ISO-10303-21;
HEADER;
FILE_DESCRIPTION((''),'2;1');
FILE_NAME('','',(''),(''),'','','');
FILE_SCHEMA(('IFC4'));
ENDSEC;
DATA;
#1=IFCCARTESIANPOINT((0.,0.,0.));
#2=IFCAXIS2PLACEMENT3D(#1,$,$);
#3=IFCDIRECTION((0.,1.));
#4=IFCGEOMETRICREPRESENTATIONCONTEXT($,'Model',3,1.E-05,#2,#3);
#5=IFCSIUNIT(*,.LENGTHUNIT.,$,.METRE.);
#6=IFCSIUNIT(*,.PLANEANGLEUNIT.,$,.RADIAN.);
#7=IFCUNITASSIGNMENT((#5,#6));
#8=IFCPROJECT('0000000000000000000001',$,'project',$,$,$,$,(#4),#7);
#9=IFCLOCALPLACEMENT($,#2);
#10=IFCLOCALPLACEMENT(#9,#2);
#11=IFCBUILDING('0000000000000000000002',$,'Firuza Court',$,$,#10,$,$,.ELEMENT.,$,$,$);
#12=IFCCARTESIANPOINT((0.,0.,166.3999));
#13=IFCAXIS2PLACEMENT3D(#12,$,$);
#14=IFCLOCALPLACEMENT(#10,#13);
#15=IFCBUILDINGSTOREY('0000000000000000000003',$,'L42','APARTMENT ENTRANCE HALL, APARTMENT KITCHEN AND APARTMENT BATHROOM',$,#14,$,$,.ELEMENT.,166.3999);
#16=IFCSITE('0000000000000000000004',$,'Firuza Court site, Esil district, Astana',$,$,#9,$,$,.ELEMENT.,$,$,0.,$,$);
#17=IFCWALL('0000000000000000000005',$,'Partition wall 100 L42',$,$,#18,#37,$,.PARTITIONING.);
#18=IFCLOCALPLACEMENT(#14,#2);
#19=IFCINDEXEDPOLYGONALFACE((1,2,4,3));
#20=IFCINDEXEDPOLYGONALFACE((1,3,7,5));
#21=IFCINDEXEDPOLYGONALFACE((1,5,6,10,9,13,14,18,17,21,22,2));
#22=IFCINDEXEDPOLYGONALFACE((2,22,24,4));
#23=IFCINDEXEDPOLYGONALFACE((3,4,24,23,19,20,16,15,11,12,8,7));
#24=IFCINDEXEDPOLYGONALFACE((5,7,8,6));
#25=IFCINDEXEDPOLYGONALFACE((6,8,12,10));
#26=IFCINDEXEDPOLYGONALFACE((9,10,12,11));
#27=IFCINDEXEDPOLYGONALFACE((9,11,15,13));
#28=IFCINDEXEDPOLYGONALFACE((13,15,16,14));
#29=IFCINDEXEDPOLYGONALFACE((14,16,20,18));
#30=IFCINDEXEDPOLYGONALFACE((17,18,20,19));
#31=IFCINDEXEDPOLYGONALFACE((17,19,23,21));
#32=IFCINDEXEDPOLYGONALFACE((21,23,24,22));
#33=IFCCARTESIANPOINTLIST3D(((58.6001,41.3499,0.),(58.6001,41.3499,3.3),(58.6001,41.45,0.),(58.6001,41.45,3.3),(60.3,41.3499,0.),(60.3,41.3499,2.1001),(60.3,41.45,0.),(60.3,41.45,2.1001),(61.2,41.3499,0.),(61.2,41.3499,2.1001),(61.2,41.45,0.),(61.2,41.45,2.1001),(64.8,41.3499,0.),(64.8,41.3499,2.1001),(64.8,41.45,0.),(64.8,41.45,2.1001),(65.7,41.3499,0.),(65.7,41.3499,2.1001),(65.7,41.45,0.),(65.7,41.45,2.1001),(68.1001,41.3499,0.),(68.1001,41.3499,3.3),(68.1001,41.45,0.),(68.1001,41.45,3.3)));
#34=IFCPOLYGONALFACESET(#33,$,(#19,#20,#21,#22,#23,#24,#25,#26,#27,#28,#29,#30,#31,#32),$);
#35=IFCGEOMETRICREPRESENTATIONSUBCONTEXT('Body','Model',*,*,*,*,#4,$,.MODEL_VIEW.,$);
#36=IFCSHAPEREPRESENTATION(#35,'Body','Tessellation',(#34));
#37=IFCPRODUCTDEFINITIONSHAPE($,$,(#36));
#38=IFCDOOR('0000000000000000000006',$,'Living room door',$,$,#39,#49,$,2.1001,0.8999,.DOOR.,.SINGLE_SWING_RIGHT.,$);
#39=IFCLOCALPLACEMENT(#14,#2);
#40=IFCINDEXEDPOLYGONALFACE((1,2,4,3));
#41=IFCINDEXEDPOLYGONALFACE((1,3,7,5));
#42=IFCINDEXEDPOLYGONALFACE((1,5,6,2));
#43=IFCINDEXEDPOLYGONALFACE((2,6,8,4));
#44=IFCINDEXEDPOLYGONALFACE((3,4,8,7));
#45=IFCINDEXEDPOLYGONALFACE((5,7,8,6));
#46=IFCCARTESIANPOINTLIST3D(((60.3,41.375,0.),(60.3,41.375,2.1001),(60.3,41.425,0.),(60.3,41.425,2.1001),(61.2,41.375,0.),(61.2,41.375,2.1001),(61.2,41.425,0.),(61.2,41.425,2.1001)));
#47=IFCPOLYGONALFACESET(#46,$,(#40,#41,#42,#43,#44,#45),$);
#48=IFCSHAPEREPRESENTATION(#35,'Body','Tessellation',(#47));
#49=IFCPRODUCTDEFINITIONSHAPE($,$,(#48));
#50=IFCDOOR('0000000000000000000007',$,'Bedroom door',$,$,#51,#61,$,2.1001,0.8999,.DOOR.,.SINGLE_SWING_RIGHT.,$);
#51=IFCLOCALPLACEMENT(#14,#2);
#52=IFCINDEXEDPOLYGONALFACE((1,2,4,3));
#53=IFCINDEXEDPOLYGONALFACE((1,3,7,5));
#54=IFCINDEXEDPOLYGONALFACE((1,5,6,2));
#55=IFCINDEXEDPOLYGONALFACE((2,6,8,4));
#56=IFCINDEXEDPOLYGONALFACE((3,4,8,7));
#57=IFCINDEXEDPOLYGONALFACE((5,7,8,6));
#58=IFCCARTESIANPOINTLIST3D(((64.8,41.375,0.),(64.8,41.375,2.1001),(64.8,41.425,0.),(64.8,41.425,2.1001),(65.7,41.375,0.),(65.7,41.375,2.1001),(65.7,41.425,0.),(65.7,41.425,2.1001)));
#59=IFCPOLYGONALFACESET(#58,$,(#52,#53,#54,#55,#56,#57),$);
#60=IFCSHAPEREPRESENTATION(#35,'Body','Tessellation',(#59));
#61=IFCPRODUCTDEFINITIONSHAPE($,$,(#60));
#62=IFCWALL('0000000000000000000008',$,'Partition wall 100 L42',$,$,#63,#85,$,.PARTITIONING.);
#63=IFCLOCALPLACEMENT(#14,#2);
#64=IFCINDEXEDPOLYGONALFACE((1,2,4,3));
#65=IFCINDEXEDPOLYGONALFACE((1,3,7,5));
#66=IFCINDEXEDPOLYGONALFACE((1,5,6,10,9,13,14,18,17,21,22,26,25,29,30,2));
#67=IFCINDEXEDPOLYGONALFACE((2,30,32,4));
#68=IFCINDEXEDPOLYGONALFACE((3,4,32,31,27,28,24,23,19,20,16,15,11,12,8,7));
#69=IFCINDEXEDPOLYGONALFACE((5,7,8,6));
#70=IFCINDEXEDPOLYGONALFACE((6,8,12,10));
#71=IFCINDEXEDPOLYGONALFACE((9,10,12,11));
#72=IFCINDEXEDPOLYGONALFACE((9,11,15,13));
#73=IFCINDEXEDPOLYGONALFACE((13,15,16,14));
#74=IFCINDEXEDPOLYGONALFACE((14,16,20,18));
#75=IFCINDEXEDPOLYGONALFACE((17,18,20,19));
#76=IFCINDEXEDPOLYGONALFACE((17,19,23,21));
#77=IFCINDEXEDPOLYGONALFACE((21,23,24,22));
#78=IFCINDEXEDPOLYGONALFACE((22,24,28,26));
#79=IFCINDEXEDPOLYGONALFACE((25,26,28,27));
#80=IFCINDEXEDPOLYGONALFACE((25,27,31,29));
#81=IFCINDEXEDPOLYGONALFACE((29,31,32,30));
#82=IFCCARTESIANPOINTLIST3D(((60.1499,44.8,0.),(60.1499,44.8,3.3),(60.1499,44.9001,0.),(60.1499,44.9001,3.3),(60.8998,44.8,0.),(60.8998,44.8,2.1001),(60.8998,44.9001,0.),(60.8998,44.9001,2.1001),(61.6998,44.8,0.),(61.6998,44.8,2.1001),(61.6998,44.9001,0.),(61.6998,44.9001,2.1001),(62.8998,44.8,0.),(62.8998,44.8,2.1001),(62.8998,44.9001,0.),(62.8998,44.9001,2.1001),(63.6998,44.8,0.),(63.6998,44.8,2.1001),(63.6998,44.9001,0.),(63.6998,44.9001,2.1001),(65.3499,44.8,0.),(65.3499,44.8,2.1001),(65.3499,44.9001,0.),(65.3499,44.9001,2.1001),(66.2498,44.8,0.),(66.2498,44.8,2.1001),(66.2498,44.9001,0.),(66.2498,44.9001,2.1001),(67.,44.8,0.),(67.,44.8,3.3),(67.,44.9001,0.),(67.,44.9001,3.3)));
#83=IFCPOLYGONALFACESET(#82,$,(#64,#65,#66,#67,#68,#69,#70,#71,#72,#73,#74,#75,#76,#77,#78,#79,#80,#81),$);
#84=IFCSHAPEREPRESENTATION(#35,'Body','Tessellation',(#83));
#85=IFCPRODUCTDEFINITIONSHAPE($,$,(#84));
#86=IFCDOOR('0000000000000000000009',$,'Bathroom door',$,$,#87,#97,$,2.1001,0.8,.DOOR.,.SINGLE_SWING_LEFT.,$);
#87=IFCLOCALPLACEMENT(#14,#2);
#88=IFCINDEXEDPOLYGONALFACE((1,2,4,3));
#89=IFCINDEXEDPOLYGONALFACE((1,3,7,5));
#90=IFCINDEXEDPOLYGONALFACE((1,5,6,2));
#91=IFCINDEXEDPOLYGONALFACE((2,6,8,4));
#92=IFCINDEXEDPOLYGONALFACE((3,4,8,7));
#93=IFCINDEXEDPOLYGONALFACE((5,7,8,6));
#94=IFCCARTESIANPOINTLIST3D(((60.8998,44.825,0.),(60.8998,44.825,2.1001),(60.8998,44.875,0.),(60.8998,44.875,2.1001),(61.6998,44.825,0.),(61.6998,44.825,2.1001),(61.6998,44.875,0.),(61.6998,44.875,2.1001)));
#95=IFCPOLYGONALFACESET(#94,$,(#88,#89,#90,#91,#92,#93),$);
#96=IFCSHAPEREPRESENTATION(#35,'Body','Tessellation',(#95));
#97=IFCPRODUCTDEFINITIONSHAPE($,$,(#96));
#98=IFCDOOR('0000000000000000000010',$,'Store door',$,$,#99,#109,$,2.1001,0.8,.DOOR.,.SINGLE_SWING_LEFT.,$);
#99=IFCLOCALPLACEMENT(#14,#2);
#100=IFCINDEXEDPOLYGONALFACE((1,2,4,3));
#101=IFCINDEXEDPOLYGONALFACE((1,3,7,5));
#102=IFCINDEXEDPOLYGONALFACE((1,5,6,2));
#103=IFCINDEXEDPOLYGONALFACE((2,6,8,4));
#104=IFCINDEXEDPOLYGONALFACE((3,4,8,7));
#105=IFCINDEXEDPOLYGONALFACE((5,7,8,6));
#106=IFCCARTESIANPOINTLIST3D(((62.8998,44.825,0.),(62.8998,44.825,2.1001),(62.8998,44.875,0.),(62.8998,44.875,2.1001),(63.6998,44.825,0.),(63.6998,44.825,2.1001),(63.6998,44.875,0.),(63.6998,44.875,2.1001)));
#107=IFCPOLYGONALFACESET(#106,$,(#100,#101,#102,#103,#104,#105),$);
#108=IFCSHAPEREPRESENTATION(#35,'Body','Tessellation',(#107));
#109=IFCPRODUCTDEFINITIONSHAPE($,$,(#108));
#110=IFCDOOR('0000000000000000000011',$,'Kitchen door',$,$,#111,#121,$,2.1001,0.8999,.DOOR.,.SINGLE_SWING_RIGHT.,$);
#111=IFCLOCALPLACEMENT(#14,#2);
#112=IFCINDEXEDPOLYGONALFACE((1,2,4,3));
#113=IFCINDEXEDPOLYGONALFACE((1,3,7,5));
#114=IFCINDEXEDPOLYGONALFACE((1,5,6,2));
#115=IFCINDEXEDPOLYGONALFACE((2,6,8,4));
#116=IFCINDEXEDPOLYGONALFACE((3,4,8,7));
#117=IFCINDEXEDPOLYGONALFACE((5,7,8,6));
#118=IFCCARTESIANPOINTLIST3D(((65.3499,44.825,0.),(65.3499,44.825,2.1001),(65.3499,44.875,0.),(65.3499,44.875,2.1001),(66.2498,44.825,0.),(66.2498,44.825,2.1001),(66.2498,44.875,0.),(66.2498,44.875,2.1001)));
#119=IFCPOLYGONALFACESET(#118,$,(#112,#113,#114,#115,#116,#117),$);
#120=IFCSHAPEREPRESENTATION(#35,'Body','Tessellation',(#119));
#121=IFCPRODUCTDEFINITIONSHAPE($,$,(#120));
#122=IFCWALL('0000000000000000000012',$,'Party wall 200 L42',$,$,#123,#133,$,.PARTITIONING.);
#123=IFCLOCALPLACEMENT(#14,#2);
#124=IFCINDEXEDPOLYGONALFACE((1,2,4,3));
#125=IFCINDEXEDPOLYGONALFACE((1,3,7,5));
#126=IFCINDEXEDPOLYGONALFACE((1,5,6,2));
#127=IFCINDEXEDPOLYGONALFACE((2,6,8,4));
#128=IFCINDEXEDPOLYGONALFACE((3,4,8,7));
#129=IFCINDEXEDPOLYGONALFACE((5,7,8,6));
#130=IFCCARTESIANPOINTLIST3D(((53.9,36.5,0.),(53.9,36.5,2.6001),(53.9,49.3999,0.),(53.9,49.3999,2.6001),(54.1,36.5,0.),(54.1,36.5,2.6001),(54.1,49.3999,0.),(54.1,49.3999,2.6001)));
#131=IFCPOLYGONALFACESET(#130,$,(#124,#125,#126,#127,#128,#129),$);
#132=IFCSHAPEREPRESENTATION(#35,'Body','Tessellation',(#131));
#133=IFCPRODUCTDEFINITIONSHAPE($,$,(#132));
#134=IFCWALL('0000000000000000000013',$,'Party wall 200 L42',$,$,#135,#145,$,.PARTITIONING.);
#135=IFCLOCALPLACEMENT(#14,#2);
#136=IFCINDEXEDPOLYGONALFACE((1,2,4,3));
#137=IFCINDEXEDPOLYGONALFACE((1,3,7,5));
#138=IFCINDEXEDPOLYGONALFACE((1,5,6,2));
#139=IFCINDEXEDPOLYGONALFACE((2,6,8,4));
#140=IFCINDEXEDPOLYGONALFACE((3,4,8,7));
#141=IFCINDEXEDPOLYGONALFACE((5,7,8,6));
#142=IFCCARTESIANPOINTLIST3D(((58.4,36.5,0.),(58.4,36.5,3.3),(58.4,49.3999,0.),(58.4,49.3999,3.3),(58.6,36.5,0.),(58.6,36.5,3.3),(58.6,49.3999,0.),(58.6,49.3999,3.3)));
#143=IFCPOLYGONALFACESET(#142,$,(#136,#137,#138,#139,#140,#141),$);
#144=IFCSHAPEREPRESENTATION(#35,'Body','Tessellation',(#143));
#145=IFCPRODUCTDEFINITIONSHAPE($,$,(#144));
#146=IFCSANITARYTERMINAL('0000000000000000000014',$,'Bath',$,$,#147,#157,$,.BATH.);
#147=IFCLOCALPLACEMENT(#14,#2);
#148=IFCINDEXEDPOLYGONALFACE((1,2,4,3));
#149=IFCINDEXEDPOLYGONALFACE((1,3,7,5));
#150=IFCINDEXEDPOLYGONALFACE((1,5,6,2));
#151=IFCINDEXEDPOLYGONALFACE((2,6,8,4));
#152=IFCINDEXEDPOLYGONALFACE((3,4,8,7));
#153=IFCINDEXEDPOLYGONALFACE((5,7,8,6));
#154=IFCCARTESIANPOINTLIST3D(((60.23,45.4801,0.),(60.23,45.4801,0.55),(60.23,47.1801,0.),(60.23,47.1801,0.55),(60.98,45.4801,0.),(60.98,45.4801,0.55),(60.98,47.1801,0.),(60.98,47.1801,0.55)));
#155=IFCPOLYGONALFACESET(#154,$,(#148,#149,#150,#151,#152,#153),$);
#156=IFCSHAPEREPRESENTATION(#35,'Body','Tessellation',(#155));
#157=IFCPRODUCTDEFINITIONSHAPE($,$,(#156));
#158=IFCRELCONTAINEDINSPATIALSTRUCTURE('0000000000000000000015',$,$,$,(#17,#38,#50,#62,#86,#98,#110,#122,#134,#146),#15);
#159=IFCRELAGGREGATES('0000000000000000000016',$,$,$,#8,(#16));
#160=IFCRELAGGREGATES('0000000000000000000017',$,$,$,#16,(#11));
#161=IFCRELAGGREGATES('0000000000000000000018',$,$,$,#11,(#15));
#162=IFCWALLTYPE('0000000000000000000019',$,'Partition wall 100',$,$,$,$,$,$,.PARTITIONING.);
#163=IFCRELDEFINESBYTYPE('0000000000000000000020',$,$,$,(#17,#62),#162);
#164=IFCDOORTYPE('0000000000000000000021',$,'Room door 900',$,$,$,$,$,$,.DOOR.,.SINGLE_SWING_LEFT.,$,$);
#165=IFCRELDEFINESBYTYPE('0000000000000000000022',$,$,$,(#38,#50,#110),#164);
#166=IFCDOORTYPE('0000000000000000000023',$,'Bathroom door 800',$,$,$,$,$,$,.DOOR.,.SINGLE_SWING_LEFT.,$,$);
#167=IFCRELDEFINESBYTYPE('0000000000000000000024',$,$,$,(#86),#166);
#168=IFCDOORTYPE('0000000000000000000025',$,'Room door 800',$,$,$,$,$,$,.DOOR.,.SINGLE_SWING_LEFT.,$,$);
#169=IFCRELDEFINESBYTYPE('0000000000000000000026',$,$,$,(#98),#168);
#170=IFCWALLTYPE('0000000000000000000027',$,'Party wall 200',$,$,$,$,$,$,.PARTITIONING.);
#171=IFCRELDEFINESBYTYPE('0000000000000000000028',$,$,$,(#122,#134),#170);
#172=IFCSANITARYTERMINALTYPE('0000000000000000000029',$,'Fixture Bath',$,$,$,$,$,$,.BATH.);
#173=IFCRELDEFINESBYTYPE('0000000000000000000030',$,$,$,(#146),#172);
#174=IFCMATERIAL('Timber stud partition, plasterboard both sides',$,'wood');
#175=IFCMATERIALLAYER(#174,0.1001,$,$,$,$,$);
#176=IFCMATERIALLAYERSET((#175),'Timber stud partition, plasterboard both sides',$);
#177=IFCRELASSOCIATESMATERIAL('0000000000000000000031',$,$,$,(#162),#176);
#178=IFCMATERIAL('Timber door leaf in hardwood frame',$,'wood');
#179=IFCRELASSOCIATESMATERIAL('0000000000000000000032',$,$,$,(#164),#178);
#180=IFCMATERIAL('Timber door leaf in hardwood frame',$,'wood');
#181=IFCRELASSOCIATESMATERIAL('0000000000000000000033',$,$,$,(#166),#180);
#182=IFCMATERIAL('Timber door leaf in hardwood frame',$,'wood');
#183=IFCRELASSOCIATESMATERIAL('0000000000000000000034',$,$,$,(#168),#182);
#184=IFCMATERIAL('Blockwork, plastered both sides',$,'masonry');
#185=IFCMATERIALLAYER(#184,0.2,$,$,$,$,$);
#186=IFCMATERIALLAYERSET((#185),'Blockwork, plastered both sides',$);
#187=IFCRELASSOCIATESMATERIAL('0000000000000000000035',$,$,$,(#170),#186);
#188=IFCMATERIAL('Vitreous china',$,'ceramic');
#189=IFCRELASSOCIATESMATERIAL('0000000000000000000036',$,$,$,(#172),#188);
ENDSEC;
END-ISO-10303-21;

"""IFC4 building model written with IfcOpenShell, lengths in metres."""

from ifc_helpers import new_model, si_unit, direction, frame, frame_2d, origin, origin_2d, place, context, subcontext, project, spatial, rectangle, extrude, material, layer, layer_set, type_object, element, fill, save


model = new_model("IFC4")

# Units and contexts
model_context = context("Model", 3, precision=1e-05, world=origin(), true_north=direction((0.0, 1.0)))
body_context = subcontext(model_context, "Body", "Model", "MODEL_VIEW")
ifc_project = project(units=[si_unit("LENGTHUNIT", "METRE"), si_unit("PLANEANGLEUNIT", "RADIAN")], contexts=[model_context])

# Site, building, storey
site_placement = place(None, origin())
site = spatial("IfcSite", under=ifc_project, at=site_placement, Name="Firuza Court site, Esil district, Astana", CompositionType="ELEMENT", RefElevation=0.0)
building_placement = place(site_placement, origin())
building = spatial("IfcBuilding", under=site, at=building_placement, Name="Firuza Court", CompositionType="ELEMENT")
storey_placement = place(building_placement, frame((0.0, 0.0, 166.3999)))
storey = spatial("IfcBuildingStorey", under=building, at=storey_placement, Name="L42", Description="APARTMENT ENTRANCE HALL, APARTMENT KITCHEN AND APARTMENT BATHROOM", CompositionType="ELEMENT", Elevation=166.3999)

# Shared definitions
ifc_material_1 = material(Name="Blockwork, plastered both sides", Category="masonry")
ifc_material_2 = material(Name="Timber stud partition, plasterboard both sides", Category="wood")
ifc_layer_1 = layer(ifc_material_2, 0.1001)
ifc_layer_set_1 = layer_set([ifc_layer_1], Name="Timber stud partition, plasterboard both sides")
wall_type_1 = type_object("IfcWallType", Name="Partition wall 100", PredefinedType="PARTITIONING", material=ifc_layer_set_1)
ifc_material_3 = material(Name="Timber door leaf in hardwood frame", Category="wood")
door_type_1 = type_object("IfcDoorType", Name="Room door 900", OperationType="SINGLE_SWING_LEFT", PredefinedType="DOOR", material=ifc_material_3)

# Walls, openings, doors
wall_1_placement = place(storey_placement, frame((58.6001, 41.3999, 0.0), z_axis=(0.0, 0.0, 1.0), x_axis=(1.0, 0.0, 0.0)))
wall_1 = element("IfcWall", 1, at=wall_1_placement, inside=storey, type_object=wall_type_1, Name="Partition wall 100 L42", PredefinedType="PARTITIONING", context=body_context, shape_type="SweptSolid", body=[
    extrude(rectangle(XDim=9.5, YDim=0.1001, at=frame_2d((4.75, 0.0))), origin(), (0.0, 0.0, 1.0), 3.3),
])
opening_1_placement = place(wall_1_placement, frame((1.7, 0.0, 0.0)))
opening_1 = element("IfcOpeningElement", 2, at=opening_1_placement, cuts=wall_1, PredefinedType="OPENING", context=body_context, shape_type="SweptSolid", body=[
    extrude(rectangle(XDim=0.8999, YDim=2.1001, at=frame_2d((0.45, 1.05))), frame((0.0, 0.062, 0.0), z_axis=(0.0, -1.0, 0.0), x_axis=(1.0, 0.0, 0.0)), (0.0, 0.0, 1.0), 0.124),
])
opening_2_placement = place(wall_1_placement, frame((6.2, 0.0, 0.0)))
opening_2 = element("IfcOpeningElement", 3, at=opening_2_placement, cuts=wall_1, PredefinedType="OPENING", context=body_context, shape_type="SweptSolid", body=[
    extrude(rectangle(XDim=0.8999, YDim=2.1001, at=frame_2d((0.45, 1.05))), frame((0.0, 0.062, 0.0), z_axis=(0.0, -1.0, 0.0), x_axis=(1.0, 0.0, 0.0)), (0.0, 0.0, 1.0), 0.124),
])
door_1_placement = place(opening_1_placement, frame((0.8999, 0.0, 0.0), z_axis=(0.0, 0.0, 1.0), x_axis=(-1.0, 0.0, 0.0)))
door_1 = element("IfcDoor", 4, at=door_1_placement, inside=storey, type_object=door_type_1, Name="Living room door", OperationType="SINGLE_SWING_RIGHT", OverallHeight=2.1001, OverallWidth=0.8999, PredefinedType="DOOR", context=body_context, shape_type="SweptSolid", body=[
    extrude(rectangle(XDim=0.8999, YDim=2.1001, at=frame_2d((0.45, 1.05))), frame((0.0, 0.0249, 0.0), z_axis=(0.0, -1.0, 0.0), x_axis=(1.0, 0.0, 0.0)), (0.0, 0.0, 1.0), 0.05),
])
fill(opening_1, door_1)
door_2_placement = place(opening_2_placement, frame((0.8999, 0.0, 0.0), z_axis=(0.0, 0.0, 1.0), x_axis=(-1.0, 0.0, 0.0)))
door_2 = element("IfcDoor", 5, at=door_2_placement, inside=storey, type_object=door_type_1, Name="Bedroom door", OperationType="SINGLE_SWING_RIGHT", OverallHeight=2.1001, OverallWidth=0.8999, PredefinedType="DOOR", context=body_context, shape_type="SweptSolid", body=[
    extrude(rectangle(XDim=0.8999, YDim=2.1001, at=frame_2d((0.45, 1.05))), frame((0.0, 0.0249, 0.0), z_axis=(0.0, -1.0, 0.0), x_axis=(1.0, 0.0, 0.0)), (0.0, 0.0, 1.0), 0.05),
])
fill(opening_2, door_2)
wall_2_placement = place(storey_placement, frame((60.1499, 44.8501, 0.0), z_axis=(0.0, 0.0, 1.0), x_axis=(1.0, 0.0, 0.0)))
wall_2 = element("IfcWall", 6, at=wall_2_placement, inside=storey, type_object=wall_type_1, Name="Partition wall 100 L42", PredefinedType="PARTITIONING", context=body_context, shape_type="SweptSolid", body=[
    extrude(rectangle(XDim=6.8501, YDim=0.1001, at=frame_2d((3.425, 0.0))), origin(), (0.0, 0.0, 1.0), 3.3),
])
opening_3_placement = place(wall_2_placement, frame((0.75, 0.0, 0.0)))
opening_3 = element("IfcOpeningElement", 7, at=opening_3_placement, cuts=wall_2, PredefinedType="OPENING", context=body_context, shape_type="SweptSolid", body=[
    extrude(rectangle(XDim=0.8, YDim=2.1001, at=frame_2d((0.3999, 1.05))), frame((0.0, 0.062, 0.0), z_axis=(0.0, -1.0, 0.0), x_axis=(1.0, 0.0, 0.0)), (0.0, 0.0, 1.0), 0.124),
])
opening_4_placement = place(wall_2_placement, frame((5.2, 0.0, 0.0)))
opening_4 = element("IfcOpeningElement", 8, at=opening_4_placement, cuts=wall_2, PredefinedType="OPENING", context=body_context, shape_type="SweptSolid", body=[
    extrude(rectangle(XDim=0.8999, YDim=2.1001, at=frame_2d((0.45, 1.05))), frame((0.0, 0.062, 0.0), z_axis=(0.0, -1.0, 0.0), x_axis=(1.0, 0.0, 0.0)), (0.0, 0.0, 1.0), 0.124),
])
opening_5_placement = place(wall_2_placement, frame((2.75, 0.0, 0.0)))
opening_5 = element("IfcOpeningElement", 9, at=opening_5_placement, cuts=wall_2, PredefinedType="OPENING", context=body_context, shape_type="SweptSolid", body=[
    extrude(rectangle(XDim=0.8, YDim=2.1001, at=frame_2d((0.3999, 1.05))), frame((0.0, 0.062, 0.0), z_axis=(0.0, -1.0, 0.0), x_axis=(1.0, 0.0, 0.0)), (0.0, 0.0, 1.0), 0.124),
])
ifc_material_4 = material(Name="Timber door leaf in hardwood frame", Category="wood")
door_type_2 = type_object("IfcDoorType", Name="Bathroom door 800", OperationType="SINGLE_SWING_LEFT", PredefinedType="DOOR", material=ifc_material_4)
door_3_placement = place(opening_3_placement, origin())
door_3 = element("IfcDoor", 10, at=door_3_placement, inside=storey, type_object=door_type_2, Name="Bathroom door", OperationType="SINGLE_SWING_LEFT", OverallHeight=2.1001, OverallWidth=0.8, PredefinedType="DOOR", context=body_context, shape_type="SweptSolid", body=[
    extrude(rectangle(XDim=0.8, YDim=2.1001, at=frame_2d((0.3999, 1.05))), frame((0.0, 0.0249, 0.0), z_axis=(0.0, -1.0, 0.0), x_axis=(1.0, 0.0, 0.0)), (0.0, 0.0, 1.0), 0.05),
])
fill(opening_3, door_3)
ifc_material_5 = material(Name="Timber door leaf in hardwood frame", Category="wood")
door_type_3 = type_object("IfcDoorType", Name="Room door 800", OperationType="SINGLE_SWING_LEFT", PredefinedType="DOOR", material=ifc_material_5)
door_4_placement = place(opening_5_placement, origin())
door_4 = element("IfcDoor", 11, at=door_4_placement, inside=storey, type_object=door_type_3, Name="Store door", OperationType="SINGLE_SWING_LEFT", OverallHeight=2.1001, OverallWidth=0.8, PredefinedType="DOOR", context=body_context, shape_type="SweptSolid", body=[
    extrude(rectangle(XDim=0.8, YDim=2.1001, at=frame_2d((0.3999, 1.05))), frame((0.0, 0.0249, 0.0), z_axis=(0.0, -1.0, 0.0), x_axis=(1.0, 0.0, 0.0)), (0.0, 0.0, 1.0), 0.05),
])
fill(opening_5, door_4)
door_5_placement = place(opening_4_placement, origin())
door_5 = element("IfcDoor", 12, at=door_5_placement, inside=storey, type_object=door_type_1, Name="Kitchen door", OperationType="SINGLE_SWING_RIGHT", OverallHeight=2.1001, OverallWidth=0.8999, PredefinedType="DOOR", context=body_context, shape_type="SweptSolid", body=[
    extrude(rectangle(XDim=0.8999, YDim=2.1001, at=frame_2d((0.45, 1.05))), frame((0.0, 0.0249, 0.0), z_axis=(0.0, -1.0, 0.0), x_axis=(1.0, 0.0, 0.0)), (0.0, 0.0, 1.0), 0.05),
])
fill(opening_4, door_5)

# Walls
ifc_layer_2 = layer(ifc_material_1, 0.2)
ifc_layer_set_2 = layer_set([ifc_layer_2], Name="Blockwork, plastered both sides")
wall_type_2 = type_object("IfcWallType", Name="Party wall 200", PredefinedType="PARTITIONING", material=ifc_layer_set_2)
wall_3_placement = place(storey_placement, frame((54.0, 36.5, 0.0), z_axis=(0.0, 0.0, 1.0), x_axis=(0.0, 1.0, 0.0)))
element("IfcWall", 13, at=wall_3_placement, inside=storey, type_object=wall_type_2, Name="Party wall 200 L42", PredefinedType="PARTITIONING", context=body_context, shape_type="SweptSolid", body=[
    extrude(rectangle(XDim=12.8999, YDim=0.2, at=frame_2d((6.45, 0.0))), origin(), (0.0, 0.0, 1.0), 2.6001),
])
wall_4_placement = place(storey_placement, frame((58.5, 36.5, 0.0), z_axis=(0.0, 0.0, 1.0), x_axis=(0.0, 1.0, 0.0)))
element("IfcWall", 14, at=wall_4_placement, inside=storey, type_object=wall_type_2, Name="Party wall 200 L42", PredefinedType="PARTITIONING", context=body_context, shape_type="SweptSolid", body=[
    extrude(rectangle(XDim=12.8999, YDim=0.2, at=frame_2d((6.45, 0.0))), origin(), (0.0, 0.0, 1.0), 3.3),
])

# Sanitary terminal
ifc_material_6 = material(Name="Vitreous china", Category="ceramic")
sanitary_terminal_type = type_object("IfcSanitaryTerminalType", Name="Fixture Bath", PredefinedType="BATH", material=ifc_material_6)
sanitary_terminal_placement = place(storey_placement, frame((60.605, 46.3301, 0.0), z_axis=(0.0, 0.0, 1.0), x_axis=(1.0, 0.0, 0.0)))
element("IfcSanitaryTerminal", 15, at=sanitary_terminal_placement, inside=storey, type_object=sanitary_terminal_type, Name="Bath", PredefinedType="BATH", context=body_context, shape_type="SweptSolid", body=[
    extrude(rectangle(XDim=0.75, YDim=1.7, at=origin_2d()), origin(), (0.0, 0.0, 1.0), 0.55),
])

save(model, "model.ifc")
